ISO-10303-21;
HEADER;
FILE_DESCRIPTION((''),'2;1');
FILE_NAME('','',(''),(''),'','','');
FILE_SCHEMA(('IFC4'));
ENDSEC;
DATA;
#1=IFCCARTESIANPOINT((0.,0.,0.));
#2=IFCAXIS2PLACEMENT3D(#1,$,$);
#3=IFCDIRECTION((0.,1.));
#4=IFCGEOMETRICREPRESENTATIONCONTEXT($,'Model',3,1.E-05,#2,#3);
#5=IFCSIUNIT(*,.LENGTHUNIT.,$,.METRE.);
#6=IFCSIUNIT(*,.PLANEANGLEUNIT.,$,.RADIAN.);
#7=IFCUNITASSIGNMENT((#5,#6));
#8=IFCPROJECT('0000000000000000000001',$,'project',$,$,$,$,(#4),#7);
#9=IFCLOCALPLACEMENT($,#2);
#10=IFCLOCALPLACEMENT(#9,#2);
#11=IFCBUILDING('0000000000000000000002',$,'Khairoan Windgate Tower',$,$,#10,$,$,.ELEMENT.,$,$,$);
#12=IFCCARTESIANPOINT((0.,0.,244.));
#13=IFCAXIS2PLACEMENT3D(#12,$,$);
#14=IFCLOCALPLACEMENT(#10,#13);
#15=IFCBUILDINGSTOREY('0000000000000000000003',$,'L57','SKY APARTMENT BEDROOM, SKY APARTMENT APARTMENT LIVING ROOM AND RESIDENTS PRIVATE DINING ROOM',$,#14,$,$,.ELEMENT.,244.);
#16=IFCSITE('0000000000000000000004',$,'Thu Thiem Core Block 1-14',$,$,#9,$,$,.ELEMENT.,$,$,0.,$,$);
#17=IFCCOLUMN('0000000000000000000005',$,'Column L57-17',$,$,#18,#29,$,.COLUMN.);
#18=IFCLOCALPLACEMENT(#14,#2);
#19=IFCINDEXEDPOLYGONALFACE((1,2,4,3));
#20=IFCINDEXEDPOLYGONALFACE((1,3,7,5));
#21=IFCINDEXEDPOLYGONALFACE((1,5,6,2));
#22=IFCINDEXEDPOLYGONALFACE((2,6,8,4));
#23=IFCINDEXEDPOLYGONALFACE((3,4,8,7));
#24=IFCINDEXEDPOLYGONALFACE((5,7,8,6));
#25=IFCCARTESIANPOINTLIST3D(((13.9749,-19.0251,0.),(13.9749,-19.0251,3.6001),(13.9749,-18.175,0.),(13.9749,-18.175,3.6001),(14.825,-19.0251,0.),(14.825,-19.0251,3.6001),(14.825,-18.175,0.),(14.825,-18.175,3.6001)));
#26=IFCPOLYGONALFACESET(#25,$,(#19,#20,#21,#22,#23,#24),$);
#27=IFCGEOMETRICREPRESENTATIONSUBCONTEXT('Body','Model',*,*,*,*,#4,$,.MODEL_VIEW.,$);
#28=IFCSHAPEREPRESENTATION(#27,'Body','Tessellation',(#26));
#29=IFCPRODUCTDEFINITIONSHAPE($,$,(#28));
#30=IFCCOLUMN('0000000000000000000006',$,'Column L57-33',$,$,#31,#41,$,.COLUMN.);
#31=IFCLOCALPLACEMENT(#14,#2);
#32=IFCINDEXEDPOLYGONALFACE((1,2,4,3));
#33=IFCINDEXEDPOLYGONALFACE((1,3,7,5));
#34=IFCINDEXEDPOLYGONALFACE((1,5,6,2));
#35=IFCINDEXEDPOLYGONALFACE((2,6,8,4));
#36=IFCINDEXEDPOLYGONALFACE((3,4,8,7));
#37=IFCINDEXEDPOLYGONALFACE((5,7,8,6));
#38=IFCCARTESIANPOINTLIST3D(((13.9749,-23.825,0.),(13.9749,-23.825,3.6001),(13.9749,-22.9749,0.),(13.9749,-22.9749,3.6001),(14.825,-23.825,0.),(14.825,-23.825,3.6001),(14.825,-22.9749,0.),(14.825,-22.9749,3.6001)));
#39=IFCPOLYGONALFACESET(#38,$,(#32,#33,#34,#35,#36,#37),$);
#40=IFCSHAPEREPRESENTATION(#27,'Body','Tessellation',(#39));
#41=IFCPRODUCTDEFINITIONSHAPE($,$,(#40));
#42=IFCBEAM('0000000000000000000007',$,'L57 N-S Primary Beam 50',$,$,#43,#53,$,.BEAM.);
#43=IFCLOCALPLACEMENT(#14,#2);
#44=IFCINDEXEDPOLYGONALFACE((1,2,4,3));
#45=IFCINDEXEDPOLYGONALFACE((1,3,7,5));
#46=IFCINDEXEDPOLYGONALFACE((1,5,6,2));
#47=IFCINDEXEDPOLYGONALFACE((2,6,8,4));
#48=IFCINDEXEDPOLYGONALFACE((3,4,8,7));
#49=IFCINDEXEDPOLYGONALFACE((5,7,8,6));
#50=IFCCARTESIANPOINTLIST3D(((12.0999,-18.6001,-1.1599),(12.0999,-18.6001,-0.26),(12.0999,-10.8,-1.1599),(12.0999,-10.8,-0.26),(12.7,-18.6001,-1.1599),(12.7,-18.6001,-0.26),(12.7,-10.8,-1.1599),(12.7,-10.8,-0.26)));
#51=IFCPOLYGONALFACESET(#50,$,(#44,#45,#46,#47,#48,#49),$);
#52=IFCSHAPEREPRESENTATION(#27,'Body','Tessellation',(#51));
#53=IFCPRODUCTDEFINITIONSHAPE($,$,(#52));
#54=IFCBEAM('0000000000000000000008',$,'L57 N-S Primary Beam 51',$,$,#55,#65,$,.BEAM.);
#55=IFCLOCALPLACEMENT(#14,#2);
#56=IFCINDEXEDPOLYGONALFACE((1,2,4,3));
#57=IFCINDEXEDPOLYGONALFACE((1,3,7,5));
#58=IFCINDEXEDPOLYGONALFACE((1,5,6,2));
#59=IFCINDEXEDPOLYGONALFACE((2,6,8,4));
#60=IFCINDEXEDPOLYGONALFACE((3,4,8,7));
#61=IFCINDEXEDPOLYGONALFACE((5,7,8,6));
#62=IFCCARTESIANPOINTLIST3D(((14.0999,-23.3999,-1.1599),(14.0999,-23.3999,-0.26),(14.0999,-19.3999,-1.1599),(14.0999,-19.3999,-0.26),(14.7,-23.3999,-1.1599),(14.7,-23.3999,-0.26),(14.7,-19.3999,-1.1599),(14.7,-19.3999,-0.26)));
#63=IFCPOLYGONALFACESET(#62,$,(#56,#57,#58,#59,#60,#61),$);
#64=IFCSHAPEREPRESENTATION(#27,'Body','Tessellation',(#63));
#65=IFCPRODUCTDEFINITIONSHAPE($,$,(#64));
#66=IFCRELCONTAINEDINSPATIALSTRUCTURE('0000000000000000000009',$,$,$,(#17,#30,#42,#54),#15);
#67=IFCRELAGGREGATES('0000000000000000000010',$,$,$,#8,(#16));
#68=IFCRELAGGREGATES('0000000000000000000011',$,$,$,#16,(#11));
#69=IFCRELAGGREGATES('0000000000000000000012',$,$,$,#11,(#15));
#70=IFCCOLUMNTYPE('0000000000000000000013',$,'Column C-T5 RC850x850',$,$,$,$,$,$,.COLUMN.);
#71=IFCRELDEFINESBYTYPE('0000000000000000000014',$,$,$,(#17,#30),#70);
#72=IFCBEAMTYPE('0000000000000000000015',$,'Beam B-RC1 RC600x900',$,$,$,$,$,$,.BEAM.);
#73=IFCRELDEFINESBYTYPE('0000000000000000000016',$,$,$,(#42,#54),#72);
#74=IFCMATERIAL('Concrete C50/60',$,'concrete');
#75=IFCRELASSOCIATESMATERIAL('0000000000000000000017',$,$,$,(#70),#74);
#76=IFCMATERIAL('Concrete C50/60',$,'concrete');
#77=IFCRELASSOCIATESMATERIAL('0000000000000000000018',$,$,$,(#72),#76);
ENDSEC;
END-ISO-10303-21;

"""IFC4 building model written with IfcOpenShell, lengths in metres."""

from ifc_helpers import new_model, si_unit, direction, frame, origin, origin_2d, place, context, subcontext, project, spatial, rectangle, extrude, material, material_profile, profile_set, type_object, element, save


model = new_model("IFC4")

# Units and contexts
model_context = context("Model", 3, precision=1e-05, world=origin(), true_north=direction((0.0, 1.0)))
body_context = subcontext(model_context, "Body", "Model", "MODEL_VIEW")
ifc_project = project(units=[si_unit("LENGTHUNIT", "METRE"), si_unit("PLANEANGLEUNIT", "RADIAN")], contexts=[model_context])

# Site, building, storey
site_placement = place(None, origin())
site = spatial("IfcSite", under=ifc_project, at=site_placement, Name="Thu Thiem Core Block 1-14", CompositionType="ELEMENT", RefElevation=0.0)
building_placement = place(site_placement, origin())
building = spatial("IfcBuilding", under=site, at=building_placement, Name="Khairoan Windgate Tower", CompositionType="ELEMENT")
storey_placement = place(building_placement, frame((0.0, 0.0, 244.0)))
storey = spatial("IfcBuildingStorey", under=building, at=storey_placement, Name="L57", Description="SKY APARTMENT BEDROOM, SKY APARTMENT APARTMENT LIVING ROOM AND RESIDENTS PRIVATE DINING ROOM", CompositionType="ELEMENT", Elevation=244.0)

# Columns
ifc_material_1 = material(Name="Concrete C50/60", Category="concrete")
ifc_material_profile_1 = material_profile(ifc_material_1, rectangle(XDim=0.8501, YDim=0.8501, at=origin_2d()))
ifc_profile_set_1 = profile_set([ifc_material_profile_1], Name="Concrete C50/60")
column_type = type_object("IfcColumnType", Name="Column C-T5 RC850x850", PredefinedType="COLUMN", material=ifc_profile_set_1)
for number, where, z_axis, x_axis, name in (
    (1, (14.3999, -18.6001, 0.0), (0.0, 0.0, 1.0), (1.0, 0.0, 0.0), "Column L57-17"),
    (2, (14.3999, -23.3999, 0.0), (0.0, 0.0, 1.0), (1.0, 0.0, 0.0), "Column L57-33"),
):
    element("IfcColumn", number, at=place(storey_placement, frame(where, z_axis=z_axis, x_axis=x_axis)), inside=storey, type_object=column_type, Name=name, PredefinedType="COLUMN", context=body_context, shape_type="SweptSolid", body=[
        extrude(rectangle(XDim=0.8501, YDim=0.8501, at=origin_2d()), origin(), (0.0, 0.0, 1.0), 3.6001),
    ])

# Beams
ifc_material_2 = material(Name="Concrete C50/60", Category="concrete")
ifc_material_profile_2 = material_profile(ifc_material_2, rectangle(XDim=0.6001, YDim=0.8999, at=origin_2d()))
ifc_profile_set_2 = profile_set([ifc_material_profile_2], Name="Concrete C50/60")
beam_type = type_object("IfcBeamType", Name="Beam B-RC1 RC600x900", PredefinedType="BEAM", material=ifc_profile_set_2)
beam_1_placement = place(storey_placement, frame((12.3999, -18.6001, -0.71), z_axis=(0.0, 1.0, 0.0), x_axis=(-1.0, 0.0, 0.0)))
element("IfcBeam", 3, at=beam_1_placement, inside=storey, type_object=beam_type, Name="L57 N-S Primary Beam 50", PredefinedType="BEAM", context=body_context, shape_type="SweptSolid", body=[
    extrude(rectangle(XDim=0.6001, YDim=0.8999, at=origin_2d()), origin(), (0.0, 0.0, 1.0), 7.8),
])
beam_2_placement = place(storey_placement, frame((14.3999, -23.3999, -0.71), z_axis=(0.0, 1.0, 0.0), x_axis=(-1.0, 0.0, 0.0)))
element("IfcBeam", 4, at=beam_2_placement, inside=storey, type_object=beam_type, Name="L57 N-S Primary Beam 51", PredefinedType="BEAM", context=body_context, shape_type="SweptSolid", body=[
    extrude(rectangle(XDim=0.6001, YDim=0.8999, at=origin_2d()), origin(), (0.0, 0.0, 1.0), 4.0),
])

save(model, "model.ifc")
